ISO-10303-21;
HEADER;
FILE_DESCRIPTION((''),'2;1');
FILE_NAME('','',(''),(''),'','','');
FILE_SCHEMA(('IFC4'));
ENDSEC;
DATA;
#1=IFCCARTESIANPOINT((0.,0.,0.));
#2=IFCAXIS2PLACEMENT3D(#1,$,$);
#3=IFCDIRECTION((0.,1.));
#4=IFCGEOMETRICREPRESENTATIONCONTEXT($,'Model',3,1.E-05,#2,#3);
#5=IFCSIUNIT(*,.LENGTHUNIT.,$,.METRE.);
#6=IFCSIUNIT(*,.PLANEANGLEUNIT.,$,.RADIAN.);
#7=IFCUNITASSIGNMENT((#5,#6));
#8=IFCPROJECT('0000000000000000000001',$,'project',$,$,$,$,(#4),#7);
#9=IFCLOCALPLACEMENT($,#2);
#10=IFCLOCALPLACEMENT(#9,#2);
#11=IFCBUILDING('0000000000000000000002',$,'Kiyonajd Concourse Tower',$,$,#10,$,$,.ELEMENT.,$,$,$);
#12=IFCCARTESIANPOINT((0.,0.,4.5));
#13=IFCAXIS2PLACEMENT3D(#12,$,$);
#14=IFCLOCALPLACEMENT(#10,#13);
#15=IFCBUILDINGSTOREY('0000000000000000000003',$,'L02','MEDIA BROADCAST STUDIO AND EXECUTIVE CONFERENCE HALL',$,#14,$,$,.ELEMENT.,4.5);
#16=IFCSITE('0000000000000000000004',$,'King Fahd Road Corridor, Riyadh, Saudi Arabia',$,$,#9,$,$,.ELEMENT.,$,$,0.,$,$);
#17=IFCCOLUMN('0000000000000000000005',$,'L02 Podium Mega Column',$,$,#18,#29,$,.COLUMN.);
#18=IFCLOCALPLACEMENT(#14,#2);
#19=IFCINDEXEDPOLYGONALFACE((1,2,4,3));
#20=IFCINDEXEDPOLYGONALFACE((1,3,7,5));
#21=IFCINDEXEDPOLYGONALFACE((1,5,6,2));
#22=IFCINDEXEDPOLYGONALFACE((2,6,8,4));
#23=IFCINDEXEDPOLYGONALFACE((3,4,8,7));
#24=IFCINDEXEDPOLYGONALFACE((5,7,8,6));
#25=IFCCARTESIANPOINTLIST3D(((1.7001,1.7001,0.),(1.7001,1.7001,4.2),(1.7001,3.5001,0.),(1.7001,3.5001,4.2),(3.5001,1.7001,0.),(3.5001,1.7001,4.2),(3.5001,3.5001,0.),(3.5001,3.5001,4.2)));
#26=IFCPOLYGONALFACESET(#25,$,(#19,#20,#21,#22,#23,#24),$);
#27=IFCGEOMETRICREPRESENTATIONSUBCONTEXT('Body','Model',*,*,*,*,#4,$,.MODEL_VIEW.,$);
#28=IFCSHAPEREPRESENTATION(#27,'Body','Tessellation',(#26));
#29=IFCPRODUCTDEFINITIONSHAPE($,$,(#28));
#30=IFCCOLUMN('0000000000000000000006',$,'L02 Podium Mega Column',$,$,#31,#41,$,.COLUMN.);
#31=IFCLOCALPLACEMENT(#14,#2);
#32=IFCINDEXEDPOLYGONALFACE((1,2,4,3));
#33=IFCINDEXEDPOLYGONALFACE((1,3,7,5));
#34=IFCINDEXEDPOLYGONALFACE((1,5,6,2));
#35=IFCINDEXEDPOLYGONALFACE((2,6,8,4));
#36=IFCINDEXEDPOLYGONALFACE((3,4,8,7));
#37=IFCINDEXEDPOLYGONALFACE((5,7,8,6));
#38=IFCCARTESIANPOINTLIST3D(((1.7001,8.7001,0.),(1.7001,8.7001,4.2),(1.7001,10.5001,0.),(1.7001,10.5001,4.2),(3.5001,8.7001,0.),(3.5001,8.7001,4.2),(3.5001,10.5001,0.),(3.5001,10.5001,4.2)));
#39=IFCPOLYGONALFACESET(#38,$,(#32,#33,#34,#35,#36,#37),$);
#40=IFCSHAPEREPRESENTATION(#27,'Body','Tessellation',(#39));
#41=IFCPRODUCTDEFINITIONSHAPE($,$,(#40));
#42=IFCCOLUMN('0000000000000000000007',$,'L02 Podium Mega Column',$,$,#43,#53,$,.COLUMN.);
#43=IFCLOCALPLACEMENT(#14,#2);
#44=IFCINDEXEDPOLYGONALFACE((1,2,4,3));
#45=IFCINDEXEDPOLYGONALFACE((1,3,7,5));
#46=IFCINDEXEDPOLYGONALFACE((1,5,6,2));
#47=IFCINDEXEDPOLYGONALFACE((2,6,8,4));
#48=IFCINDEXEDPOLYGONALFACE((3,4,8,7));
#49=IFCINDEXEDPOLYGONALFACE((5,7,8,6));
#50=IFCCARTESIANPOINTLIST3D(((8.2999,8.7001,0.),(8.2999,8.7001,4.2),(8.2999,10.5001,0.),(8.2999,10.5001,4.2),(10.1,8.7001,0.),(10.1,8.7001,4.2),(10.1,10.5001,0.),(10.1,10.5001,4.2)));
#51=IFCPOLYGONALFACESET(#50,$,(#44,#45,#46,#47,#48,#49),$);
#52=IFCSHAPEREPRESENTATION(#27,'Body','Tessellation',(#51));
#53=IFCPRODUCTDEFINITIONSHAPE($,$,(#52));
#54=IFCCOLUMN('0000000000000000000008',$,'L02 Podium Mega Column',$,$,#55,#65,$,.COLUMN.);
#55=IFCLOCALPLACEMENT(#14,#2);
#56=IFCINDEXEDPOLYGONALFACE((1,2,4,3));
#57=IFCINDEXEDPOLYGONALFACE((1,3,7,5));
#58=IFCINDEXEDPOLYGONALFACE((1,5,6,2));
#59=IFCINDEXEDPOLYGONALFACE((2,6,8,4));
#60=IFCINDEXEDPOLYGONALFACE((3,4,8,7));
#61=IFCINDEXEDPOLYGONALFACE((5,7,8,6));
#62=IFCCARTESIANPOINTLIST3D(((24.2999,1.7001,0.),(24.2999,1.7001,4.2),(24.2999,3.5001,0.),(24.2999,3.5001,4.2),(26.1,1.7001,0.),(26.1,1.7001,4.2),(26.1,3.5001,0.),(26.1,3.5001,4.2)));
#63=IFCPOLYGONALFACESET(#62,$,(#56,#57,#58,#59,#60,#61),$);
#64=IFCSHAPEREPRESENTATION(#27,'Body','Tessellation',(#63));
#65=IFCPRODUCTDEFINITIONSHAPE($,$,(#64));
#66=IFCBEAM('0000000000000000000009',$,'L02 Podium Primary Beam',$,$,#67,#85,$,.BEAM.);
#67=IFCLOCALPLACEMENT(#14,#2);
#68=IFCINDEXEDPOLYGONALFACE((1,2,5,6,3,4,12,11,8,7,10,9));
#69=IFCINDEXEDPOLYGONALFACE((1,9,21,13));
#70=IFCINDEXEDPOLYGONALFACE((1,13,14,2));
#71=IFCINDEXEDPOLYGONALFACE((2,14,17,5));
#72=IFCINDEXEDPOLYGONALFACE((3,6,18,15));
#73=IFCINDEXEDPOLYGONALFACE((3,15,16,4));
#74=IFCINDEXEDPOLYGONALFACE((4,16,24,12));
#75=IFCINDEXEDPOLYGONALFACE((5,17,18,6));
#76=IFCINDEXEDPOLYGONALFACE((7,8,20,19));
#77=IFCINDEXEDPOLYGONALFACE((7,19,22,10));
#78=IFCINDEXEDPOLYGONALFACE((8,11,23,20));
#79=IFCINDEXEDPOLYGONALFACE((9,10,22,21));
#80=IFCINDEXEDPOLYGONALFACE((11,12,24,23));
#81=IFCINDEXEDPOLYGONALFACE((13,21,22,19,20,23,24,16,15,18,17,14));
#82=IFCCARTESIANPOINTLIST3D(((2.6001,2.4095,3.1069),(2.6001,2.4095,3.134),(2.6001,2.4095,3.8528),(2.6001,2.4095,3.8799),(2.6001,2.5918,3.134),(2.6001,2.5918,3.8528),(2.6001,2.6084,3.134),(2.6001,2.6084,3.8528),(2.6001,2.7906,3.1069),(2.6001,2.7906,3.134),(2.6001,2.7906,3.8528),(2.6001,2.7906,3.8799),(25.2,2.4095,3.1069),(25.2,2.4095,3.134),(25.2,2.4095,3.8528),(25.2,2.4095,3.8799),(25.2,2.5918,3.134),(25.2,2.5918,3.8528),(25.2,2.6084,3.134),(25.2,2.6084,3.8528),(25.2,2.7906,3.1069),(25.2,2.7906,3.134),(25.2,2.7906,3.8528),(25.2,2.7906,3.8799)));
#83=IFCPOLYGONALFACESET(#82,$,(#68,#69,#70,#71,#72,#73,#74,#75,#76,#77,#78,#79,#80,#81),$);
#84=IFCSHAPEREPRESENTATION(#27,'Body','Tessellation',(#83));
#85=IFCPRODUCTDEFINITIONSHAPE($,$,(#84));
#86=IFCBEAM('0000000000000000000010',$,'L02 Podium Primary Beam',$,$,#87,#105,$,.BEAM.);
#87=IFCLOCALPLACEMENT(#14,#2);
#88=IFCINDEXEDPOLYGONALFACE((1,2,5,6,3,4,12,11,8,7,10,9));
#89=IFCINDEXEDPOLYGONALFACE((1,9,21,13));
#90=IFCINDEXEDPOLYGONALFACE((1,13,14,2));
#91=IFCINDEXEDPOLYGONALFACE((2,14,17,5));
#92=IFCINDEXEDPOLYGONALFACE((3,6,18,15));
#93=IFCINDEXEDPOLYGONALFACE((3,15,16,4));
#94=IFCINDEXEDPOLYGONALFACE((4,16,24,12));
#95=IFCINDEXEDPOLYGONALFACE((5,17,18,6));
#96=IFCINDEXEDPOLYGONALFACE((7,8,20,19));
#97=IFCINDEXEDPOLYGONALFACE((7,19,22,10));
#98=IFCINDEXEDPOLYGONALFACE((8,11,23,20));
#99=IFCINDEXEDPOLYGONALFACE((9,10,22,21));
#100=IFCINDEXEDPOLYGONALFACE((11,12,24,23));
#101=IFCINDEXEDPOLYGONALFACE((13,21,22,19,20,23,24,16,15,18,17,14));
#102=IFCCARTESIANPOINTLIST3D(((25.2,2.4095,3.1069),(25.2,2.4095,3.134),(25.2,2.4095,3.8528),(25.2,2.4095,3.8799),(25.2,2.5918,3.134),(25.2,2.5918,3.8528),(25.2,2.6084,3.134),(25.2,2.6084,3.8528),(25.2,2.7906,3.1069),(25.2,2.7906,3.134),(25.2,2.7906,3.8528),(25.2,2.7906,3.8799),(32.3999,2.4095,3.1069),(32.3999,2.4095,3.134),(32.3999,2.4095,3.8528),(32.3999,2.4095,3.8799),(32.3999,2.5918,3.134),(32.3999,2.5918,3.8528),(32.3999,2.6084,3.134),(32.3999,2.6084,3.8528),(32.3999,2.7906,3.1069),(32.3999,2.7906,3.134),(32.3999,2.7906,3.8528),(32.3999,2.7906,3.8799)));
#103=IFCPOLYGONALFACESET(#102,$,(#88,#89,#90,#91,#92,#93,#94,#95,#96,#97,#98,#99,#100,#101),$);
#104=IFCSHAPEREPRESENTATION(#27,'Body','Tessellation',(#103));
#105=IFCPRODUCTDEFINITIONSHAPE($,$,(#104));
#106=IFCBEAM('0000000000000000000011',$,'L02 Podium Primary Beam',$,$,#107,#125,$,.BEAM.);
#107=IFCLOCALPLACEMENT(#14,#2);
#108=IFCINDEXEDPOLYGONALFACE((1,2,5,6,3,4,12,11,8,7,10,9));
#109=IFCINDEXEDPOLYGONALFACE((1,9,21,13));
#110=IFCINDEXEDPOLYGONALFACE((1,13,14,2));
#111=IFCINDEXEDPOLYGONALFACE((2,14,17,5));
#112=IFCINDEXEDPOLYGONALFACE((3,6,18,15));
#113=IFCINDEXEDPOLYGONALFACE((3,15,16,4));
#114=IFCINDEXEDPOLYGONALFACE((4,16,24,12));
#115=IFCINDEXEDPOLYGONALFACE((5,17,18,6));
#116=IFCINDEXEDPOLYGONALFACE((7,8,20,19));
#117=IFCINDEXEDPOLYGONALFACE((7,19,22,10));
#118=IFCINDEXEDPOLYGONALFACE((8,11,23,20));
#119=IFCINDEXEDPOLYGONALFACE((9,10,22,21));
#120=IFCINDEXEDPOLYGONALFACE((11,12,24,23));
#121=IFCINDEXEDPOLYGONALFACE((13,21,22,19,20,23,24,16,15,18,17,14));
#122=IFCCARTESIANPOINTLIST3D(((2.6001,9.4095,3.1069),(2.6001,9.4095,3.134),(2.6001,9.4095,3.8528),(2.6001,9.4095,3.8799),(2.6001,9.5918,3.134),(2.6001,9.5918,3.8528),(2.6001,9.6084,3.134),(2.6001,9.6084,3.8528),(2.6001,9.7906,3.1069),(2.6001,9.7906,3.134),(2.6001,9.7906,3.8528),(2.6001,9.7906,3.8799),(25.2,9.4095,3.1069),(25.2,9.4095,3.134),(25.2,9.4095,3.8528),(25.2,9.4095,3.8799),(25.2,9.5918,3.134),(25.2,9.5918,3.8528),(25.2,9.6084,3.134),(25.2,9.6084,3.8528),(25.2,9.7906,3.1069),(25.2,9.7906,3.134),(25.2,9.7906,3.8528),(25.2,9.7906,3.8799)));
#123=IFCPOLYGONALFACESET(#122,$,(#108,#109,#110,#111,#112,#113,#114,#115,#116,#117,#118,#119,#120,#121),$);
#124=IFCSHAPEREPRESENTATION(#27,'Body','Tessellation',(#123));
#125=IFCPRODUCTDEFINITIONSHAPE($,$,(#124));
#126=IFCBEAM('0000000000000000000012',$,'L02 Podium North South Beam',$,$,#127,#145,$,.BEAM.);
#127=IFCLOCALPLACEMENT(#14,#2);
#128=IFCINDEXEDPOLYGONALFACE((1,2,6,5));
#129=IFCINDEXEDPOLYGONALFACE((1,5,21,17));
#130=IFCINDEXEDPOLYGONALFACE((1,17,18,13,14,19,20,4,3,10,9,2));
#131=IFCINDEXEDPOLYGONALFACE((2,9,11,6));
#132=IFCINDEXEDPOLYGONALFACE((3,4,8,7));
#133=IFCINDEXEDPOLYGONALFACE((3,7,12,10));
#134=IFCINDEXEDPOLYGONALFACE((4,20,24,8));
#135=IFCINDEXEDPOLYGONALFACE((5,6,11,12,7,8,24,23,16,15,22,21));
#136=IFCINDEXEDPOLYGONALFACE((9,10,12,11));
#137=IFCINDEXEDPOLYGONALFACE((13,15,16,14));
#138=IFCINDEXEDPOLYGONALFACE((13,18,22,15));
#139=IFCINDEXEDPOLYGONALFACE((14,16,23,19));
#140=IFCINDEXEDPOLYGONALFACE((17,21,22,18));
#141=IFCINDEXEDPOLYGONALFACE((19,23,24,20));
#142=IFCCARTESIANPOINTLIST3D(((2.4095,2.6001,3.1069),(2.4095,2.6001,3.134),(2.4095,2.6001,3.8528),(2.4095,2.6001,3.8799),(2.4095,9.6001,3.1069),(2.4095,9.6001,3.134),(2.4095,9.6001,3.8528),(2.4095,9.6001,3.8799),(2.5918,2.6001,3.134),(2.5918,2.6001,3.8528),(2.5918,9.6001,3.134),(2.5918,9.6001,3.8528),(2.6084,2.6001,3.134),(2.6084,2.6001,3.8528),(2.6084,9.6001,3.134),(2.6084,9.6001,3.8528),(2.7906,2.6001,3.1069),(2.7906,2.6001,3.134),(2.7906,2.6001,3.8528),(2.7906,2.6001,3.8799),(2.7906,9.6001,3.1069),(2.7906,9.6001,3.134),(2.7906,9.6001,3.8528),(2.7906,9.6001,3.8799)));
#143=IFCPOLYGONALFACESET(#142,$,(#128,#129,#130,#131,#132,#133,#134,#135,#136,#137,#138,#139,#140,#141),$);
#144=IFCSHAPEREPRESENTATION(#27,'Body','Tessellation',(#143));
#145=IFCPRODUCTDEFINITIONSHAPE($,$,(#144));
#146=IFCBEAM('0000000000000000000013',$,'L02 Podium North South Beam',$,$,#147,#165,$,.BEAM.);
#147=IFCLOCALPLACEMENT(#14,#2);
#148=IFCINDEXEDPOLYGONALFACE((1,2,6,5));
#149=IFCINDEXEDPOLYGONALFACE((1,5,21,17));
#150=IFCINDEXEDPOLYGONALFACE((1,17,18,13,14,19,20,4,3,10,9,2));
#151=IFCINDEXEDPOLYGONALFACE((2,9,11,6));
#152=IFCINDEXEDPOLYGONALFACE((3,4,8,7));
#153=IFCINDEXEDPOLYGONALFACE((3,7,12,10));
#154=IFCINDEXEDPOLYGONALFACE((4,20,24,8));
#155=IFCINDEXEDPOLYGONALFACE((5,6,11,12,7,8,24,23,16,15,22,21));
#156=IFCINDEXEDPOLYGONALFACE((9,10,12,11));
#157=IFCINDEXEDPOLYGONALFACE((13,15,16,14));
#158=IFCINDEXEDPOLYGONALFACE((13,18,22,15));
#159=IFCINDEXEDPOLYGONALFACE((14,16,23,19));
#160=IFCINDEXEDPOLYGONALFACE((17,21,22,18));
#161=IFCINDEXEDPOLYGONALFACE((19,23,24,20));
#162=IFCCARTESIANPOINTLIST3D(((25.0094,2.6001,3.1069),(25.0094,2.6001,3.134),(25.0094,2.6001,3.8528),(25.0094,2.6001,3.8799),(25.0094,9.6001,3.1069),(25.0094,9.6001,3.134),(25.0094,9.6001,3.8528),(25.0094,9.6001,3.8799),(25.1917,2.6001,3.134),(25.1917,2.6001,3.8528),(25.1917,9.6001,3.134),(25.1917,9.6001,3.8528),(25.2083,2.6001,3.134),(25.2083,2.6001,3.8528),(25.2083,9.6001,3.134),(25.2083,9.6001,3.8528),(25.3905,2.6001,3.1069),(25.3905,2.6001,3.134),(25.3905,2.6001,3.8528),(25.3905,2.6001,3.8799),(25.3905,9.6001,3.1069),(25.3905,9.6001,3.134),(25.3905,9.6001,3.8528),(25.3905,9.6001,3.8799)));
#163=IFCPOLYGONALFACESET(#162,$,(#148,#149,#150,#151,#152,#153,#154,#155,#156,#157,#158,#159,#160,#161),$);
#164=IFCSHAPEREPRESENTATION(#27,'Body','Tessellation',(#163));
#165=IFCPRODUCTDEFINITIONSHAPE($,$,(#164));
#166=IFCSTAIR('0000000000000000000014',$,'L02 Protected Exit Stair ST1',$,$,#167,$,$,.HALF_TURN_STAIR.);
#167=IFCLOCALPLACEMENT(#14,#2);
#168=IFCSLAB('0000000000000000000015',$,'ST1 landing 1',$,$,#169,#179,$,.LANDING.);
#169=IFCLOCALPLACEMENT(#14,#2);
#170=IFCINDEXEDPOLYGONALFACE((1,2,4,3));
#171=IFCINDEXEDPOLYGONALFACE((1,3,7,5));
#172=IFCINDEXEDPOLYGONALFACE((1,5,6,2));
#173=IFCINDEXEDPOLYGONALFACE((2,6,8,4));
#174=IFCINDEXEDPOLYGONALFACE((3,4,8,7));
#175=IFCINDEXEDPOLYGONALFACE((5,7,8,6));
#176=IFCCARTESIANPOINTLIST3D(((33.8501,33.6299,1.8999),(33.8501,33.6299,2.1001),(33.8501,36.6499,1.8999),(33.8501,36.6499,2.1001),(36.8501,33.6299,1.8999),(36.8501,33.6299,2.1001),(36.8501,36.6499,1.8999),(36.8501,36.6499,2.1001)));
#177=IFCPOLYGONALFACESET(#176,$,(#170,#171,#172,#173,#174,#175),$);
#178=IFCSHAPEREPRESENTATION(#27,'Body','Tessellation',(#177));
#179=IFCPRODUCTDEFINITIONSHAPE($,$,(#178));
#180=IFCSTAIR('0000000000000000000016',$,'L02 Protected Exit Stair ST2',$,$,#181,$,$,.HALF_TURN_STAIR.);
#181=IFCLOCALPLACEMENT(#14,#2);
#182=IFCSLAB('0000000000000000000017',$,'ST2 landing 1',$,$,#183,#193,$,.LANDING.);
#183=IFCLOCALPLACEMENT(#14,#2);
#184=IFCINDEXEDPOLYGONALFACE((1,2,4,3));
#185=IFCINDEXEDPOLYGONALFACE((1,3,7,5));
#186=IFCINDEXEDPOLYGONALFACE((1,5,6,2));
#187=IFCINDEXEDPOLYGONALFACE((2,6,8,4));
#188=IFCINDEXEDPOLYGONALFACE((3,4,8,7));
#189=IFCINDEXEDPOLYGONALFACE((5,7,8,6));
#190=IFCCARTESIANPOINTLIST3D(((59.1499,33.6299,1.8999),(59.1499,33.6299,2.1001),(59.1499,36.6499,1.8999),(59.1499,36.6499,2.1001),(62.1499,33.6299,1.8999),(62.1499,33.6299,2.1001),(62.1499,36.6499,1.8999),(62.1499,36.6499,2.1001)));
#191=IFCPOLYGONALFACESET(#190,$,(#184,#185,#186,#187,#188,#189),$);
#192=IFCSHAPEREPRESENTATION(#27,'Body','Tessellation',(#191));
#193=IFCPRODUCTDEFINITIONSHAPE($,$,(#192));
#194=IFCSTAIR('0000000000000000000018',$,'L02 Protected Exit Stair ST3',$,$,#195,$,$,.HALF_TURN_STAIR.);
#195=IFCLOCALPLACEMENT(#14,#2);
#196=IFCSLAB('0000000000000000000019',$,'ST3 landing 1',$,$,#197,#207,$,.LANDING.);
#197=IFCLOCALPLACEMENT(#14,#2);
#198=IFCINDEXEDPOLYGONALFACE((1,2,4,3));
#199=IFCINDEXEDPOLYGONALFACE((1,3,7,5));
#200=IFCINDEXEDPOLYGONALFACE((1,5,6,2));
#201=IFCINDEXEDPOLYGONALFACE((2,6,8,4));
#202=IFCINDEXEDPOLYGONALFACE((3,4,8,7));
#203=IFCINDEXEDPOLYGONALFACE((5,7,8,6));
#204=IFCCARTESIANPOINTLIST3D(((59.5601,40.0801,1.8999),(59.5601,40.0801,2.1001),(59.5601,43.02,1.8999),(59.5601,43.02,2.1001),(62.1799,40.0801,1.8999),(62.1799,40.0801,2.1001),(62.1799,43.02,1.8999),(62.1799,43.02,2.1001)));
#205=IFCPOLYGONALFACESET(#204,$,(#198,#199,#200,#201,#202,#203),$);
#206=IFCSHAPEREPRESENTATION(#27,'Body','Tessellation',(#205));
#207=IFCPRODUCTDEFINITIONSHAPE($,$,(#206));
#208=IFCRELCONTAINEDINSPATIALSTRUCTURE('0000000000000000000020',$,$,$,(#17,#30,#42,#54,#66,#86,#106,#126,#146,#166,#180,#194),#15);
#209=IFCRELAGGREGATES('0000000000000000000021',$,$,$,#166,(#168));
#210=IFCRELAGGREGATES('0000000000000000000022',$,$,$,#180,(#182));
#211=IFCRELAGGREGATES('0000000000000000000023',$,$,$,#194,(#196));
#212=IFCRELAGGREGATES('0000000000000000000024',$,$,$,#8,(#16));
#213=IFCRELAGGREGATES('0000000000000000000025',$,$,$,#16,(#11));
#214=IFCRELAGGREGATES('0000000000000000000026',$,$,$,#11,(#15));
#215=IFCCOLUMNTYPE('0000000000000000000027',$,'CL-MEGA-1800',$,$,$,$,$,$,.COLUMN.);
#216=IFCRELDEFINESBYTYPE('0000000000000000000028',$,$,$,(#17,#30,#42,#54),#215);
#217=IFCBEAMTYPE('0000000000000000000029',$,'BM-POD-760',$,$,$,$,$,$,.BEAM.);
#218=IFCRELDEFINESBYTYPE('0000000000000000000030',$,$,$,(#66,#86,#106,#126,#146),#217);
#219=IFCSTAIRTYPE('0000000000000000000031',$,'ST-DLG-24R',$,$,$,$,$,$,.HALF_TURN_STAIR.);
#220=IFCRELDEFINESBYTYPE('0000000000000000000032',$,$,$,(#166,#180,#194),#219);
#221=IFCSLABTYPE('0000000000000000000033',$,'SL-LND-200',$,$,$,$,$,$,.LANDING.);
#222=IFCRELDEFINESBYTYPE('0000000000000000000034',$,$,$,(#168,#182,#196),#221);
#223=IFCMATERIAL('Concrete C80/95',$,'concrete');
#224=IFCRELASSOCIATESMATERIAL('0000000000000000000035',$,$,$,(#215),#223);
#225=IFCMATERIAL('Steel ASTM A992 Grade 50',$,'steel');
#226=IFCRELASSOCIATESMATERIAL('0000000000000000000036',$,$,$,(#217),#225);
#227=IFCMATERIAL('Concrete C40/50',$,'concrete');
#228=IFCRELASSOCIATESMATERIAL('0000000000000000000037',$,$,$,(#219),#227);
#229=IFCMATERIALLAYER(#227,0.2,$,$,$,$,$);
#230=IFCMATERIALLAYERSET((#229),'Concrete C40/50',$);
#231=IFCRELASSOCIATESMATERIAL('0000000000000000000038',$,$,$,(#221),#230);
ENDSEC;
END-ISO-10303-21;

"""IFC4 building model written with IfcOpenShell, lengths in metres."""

from ifc_helpers import new_model, si_unit, direction, frame, origin, origin_2d, place, context, subcontext, project, spatial, polyline, rectangle, i_section, outline, extrude, material, layer, layer_set, material_profile, profile_set, type_object, element, aggregate, save


model = new_model("IFC4")

# Units and contexts
model_context = context("Model", 3, precision=1e-05, world=origin(), true_north=direction((0.0, 1.0)))
body_context = subcontext(model_context, "Body", "Model", "MODEL_VIEW")
ifc_project = project(units=[si_unit("LENGTHUNIT", "METRE"), si_unit("PLANEANGLEUNIT", "RADIAN")], contexts=[model_context])

# Site, building, storey
site_placement = place(None, origin())
site = spatial("IfcSite", under=ifc_project, at=site_placement, Name="King Fahd Road Corridor, Riyadh, Saudi Arabia", CompositionType="ELEMENT", RefElevation=0.0)
building_placement = place(site_placement, origin())
building = spatial("IfcBuilding", under=site, at=building_placement, Name="Kiyonajd Concourse Tower", CompositionType="ELEMENT")
storey_placement = place(building_placement, frame((0.0, 0.0, 4.5)))
storey = spatial("IfcBuildingStorey", under=building, at=storey_placement, Name="L02", Description="MEDIA BROADCAST STUDIO AND EXECUTIVE CONFERENCE HALL", CompositionType="ELEMENT", Elevation=4.5)

# Columns
ifc_material_1 = material(Name="Concrete C80/95", Category="concrete")
ifc_material_profile_1 = material_profile(ifc_material_1, rectangle(XDim=1.8, YDim=1.8, at=origin_2d()), Name="RC-1800x1800")
ifc_profile_set_1 = profile_set([ifc_material_profile_1], Name="Concrete C80/95")
column_type = type_object("IfcColumnType", Name="CL-MEGA-1800", PredefinedType="COLUMN", material=ifc_profile_set_1)
for number, where, z_axis, x_axis, name in (
    (1, (2.6001, 2.6001, 0.0), (0.0, 0.0, 1.0), (1.0, 0.0, 0.0), "L02 Podium Mega Column"),
    (2, (2.6001, 9.6001, 0.0), (0.0, 0.0, 1.0), (1.0, 0.0, 0.0), "L02 Podium Mega Column"),
    (3, (9.2, 9.6001, 0.0), (0.0, 0.0, 1.0), (1.0, 0.0, 0.0), "L02 Podium Mega Column"),
    (4, (25.2, 2.6001, 0.0), (0.0, 0.0, 1.0), (1.0, 0.0, 0.0), "L02 Podium Mega Column"),
):
    element("IfcColumn", number, at=place(storey_placement, frame(where, z_axis=z_axis, x_axis=x_axis)), inside=storey, type_object=column_type, Name=name, PredefinedType="COLUMN", context=body_context, shape_type="SweptSolid", body=[
        extrude(rectangle(XDim=1.8, YDim=1.8, at=origin_2d()), origin(), (0.0, 0.0, 1.0), 4.2),
    ])

# Beams
ifc_material_2 = material(Name="Steel ASTM A992 Grade 50", Category="steel")
ifc_material_profile_2 = material_profile(ifc_material_2, i_section(OverallWidth=0.3811, OverallDepth=0.7729, WebThickness=0.0166, FlangeThickness=0.0271, at=origin_2d()), Name="W760X257")
ifc_profile_set_2 = profile_set([ifc_material_profile_2], Name="Steel ASTM A992 Grade 50")
beam_type = type_object("IfcBeamType", Name="BM-POD-760", PredefinedType="BEAM", material=ifc_profile_set_2)
beam_1_placement = place(storey_placement, frame((2.6001, 2.6001, 3.4934), z_axis=(1.0, 0.0, 0.0), x_axis=(0.0, 1.0, 0.0)))
element("IfcBeam", 5, at=beam_1_placement, inside=storey, type_object=beam_type, Name="L02 Podium Primary Beam", PredefinedType="BEAM", context=body_context, shape_type="SweptSolid", body=[
    extrude(i_section(OverallWidth=0.3811, OverallDepth=0.7729, WebThickness=0.0166, FlangeThickness=0.0271, at=origin_2d()), origin(), (0.0, 0.0, 1.0), 22.5999),
])
beam_2_placement = place(storey_placement, frame((25.2, 2.6001, 3.4934), z_axis=(1.0, 0.0, 0.0), x_axis=(0.0, 1.0, 0.0)))
element("IfcBeam", 6, at=beam_2_placement, inside=storey, type_object=beam_type, Name="L02 Podium Primary Beam", PredefinedType="BEAM", context=body_context, shape_type="SweptSolid", body=[
    extrude(i_section(OverallWidth=0.3811, OverallDepth=0.7729, WebThickness=0.0166, FlangeThickness=0.0271, at=origin_2d()), origin(), (0.0, 0.0, 1.0), 7.2),
])
beam_3_placement = place(storey_placement, frame((2.6001, 9.6001, 3.4934), z_axis=(1.0, 0.0, 0.0), x_axis=(0.0, 1.0, 0.0)))
element("IfcBeam", 7, at=beam_3_placement, inside=storey, type_object=beam_type, Name="L02 Podium Primary Beam", PredefinedType="BEAM", context=body_context, shape_type="SweptSolid", body=[
    extrude(i_section(OverallWidth=0.3811, OverallDepth=0.7729, WebThickness=0.0166, FlangeThickness=0.0271, at=origin_2d()), origin(), (0.0, 0.0, 1.0), 22.5999),
])
for number, where, z_axis, x_axis, name in (
    (8, (2.6001, 2.6001, 3.4934), (0.0, 1.0, 0.0), (-1.0, 0.0, 0.0), "L02 Podium North South Beam"),
    (9, (25.2, 2.6001, 3.4934), (0.0, 1.0, 0.0), (-1.0, 0.0, 0.0), "L02 Podium North South Beam"),
):
    element("IfcBeam", number, at=place(storey_placement, frame(where, z_axis=z_axis, x_axis=x_axis)), inside=storey, type_object=beam_type, Name=name, PredefinedType="BEAM", context=body_context, shape_type="SweptSolid", body=[
        extrude(i_section(OverallWidth=0.3811, OverallDepth=0.7729, WebThickness=0.0166, FlangeThickness=0.0271, at=origin_2d()), origin(), (0.0, 0.0, 1.0), 7.0),
    ])

# Stairs, slabs
ifc_material_3 = material(Name="Concrete C40/50", Category="concrete")
stair_type_1 = type_object("IfcStairType", Name="ST-DLG-24R", PredefinedType="HALF_TURN_STAIR", material=ifc_material_3)
stair_1_placement = place(storey_placement, origin())
stair_1 = element("IfcStair", 10, at=stair_1_placement, inside=storey, type_object=stair_type_1, Name="L02 Protected Exit Stair ST1", PredefinedType="HALF_TURN_STAIR")
ifc_layer_1 = layer(ifc_material_3, 0.2)
ifc_layer_set_1 = layer_set([ifc_layer_1], Name="Concrete C40/50")
slab_type_1 = type_object("IfcSlabType", Name="SL-LND-200", PredefinedType="LANDING", material=ifc_layer_set_1)
slab_1_placement = place(storey_placement, frame((0.0, 0.0, 1.8999)))
slab_1 = element("IfcSlab", 11, at=slab_1_placement, type_object=slab_type_1, Name="ST1 landing 1", PredefinedType="LANDING", context=body_context, shape_type="SweptSolid", body=[
    extrude(outline(polyline([(36.8501, 33.6299), (36.8501, 36.6499), (33.8501, 36.6499), (33.8501, 33.6299), (36.8501, 33.6299)])), origin(), (0.0, 0.0, 1.0), 0.2002),
])
aggregate(stair_1, [slab_1])
stair_2_placement = place(storey_placement, origin())
stair_2 = element("IfcStair", 12, at=stair_2_placement, inside=storey, type_object=stair_type_1, Name="L02 Protected Exit Stair ST2", PredefinedType="HALF_TURN_STAIR")
slab_2_placement = place(storey_placement, frame((0.0, 0.0, 1.8999)))
slab_2 = element("IfcSlab", 13, at=slab_2_placement, type_object=slab_type_1, Name="ST2 landing 1", PredefinedType="LANDING", context=body_context, shape_type="SweptSolid", body=[
    extrude(outline(polyline([(62.1499, 33.6299), (62.1499, 36.6499), (59.1499, 36.6499), (59.1499, 33.6299), (62.1499, 33.6299)])), origin(), (0.0, 0.0, 1.0), 0.2002),
])
aggregate(stair_2, [slab_2])
stair_3_placement = place(storey_placement, origin())
stair_3 = element("IfcStair", 14, at=stair_3_placement, inside=storey, type_object=stair_type_1, Name="L02 Protected Exit Stair ST3", PredefinedType="HALF_TURN_STAIR")
slab_3_placement = place(storey_placement, frame((0.0, 0.0, 1.8999)))
slab_3 = element("IfcSlab", 15, at=slab_3_placement, type_object=slab_type_1, Name="ST3 landing 1", PredefinedType="LANDING", context=body_context, shape_type="SweptSolid", body=[
    extrude(outline(polyline([(59.5601, 40.0801), (62.1799, 40.0801), (62.1799, 43.02), (59.5601, 43.02), (59.5601, 40.0801)])), origin(), (0.0, 0.0, 1.0), 0.2002),
])
aggregate(stair_3, [slab_3])

save(model, "model.ifc")
